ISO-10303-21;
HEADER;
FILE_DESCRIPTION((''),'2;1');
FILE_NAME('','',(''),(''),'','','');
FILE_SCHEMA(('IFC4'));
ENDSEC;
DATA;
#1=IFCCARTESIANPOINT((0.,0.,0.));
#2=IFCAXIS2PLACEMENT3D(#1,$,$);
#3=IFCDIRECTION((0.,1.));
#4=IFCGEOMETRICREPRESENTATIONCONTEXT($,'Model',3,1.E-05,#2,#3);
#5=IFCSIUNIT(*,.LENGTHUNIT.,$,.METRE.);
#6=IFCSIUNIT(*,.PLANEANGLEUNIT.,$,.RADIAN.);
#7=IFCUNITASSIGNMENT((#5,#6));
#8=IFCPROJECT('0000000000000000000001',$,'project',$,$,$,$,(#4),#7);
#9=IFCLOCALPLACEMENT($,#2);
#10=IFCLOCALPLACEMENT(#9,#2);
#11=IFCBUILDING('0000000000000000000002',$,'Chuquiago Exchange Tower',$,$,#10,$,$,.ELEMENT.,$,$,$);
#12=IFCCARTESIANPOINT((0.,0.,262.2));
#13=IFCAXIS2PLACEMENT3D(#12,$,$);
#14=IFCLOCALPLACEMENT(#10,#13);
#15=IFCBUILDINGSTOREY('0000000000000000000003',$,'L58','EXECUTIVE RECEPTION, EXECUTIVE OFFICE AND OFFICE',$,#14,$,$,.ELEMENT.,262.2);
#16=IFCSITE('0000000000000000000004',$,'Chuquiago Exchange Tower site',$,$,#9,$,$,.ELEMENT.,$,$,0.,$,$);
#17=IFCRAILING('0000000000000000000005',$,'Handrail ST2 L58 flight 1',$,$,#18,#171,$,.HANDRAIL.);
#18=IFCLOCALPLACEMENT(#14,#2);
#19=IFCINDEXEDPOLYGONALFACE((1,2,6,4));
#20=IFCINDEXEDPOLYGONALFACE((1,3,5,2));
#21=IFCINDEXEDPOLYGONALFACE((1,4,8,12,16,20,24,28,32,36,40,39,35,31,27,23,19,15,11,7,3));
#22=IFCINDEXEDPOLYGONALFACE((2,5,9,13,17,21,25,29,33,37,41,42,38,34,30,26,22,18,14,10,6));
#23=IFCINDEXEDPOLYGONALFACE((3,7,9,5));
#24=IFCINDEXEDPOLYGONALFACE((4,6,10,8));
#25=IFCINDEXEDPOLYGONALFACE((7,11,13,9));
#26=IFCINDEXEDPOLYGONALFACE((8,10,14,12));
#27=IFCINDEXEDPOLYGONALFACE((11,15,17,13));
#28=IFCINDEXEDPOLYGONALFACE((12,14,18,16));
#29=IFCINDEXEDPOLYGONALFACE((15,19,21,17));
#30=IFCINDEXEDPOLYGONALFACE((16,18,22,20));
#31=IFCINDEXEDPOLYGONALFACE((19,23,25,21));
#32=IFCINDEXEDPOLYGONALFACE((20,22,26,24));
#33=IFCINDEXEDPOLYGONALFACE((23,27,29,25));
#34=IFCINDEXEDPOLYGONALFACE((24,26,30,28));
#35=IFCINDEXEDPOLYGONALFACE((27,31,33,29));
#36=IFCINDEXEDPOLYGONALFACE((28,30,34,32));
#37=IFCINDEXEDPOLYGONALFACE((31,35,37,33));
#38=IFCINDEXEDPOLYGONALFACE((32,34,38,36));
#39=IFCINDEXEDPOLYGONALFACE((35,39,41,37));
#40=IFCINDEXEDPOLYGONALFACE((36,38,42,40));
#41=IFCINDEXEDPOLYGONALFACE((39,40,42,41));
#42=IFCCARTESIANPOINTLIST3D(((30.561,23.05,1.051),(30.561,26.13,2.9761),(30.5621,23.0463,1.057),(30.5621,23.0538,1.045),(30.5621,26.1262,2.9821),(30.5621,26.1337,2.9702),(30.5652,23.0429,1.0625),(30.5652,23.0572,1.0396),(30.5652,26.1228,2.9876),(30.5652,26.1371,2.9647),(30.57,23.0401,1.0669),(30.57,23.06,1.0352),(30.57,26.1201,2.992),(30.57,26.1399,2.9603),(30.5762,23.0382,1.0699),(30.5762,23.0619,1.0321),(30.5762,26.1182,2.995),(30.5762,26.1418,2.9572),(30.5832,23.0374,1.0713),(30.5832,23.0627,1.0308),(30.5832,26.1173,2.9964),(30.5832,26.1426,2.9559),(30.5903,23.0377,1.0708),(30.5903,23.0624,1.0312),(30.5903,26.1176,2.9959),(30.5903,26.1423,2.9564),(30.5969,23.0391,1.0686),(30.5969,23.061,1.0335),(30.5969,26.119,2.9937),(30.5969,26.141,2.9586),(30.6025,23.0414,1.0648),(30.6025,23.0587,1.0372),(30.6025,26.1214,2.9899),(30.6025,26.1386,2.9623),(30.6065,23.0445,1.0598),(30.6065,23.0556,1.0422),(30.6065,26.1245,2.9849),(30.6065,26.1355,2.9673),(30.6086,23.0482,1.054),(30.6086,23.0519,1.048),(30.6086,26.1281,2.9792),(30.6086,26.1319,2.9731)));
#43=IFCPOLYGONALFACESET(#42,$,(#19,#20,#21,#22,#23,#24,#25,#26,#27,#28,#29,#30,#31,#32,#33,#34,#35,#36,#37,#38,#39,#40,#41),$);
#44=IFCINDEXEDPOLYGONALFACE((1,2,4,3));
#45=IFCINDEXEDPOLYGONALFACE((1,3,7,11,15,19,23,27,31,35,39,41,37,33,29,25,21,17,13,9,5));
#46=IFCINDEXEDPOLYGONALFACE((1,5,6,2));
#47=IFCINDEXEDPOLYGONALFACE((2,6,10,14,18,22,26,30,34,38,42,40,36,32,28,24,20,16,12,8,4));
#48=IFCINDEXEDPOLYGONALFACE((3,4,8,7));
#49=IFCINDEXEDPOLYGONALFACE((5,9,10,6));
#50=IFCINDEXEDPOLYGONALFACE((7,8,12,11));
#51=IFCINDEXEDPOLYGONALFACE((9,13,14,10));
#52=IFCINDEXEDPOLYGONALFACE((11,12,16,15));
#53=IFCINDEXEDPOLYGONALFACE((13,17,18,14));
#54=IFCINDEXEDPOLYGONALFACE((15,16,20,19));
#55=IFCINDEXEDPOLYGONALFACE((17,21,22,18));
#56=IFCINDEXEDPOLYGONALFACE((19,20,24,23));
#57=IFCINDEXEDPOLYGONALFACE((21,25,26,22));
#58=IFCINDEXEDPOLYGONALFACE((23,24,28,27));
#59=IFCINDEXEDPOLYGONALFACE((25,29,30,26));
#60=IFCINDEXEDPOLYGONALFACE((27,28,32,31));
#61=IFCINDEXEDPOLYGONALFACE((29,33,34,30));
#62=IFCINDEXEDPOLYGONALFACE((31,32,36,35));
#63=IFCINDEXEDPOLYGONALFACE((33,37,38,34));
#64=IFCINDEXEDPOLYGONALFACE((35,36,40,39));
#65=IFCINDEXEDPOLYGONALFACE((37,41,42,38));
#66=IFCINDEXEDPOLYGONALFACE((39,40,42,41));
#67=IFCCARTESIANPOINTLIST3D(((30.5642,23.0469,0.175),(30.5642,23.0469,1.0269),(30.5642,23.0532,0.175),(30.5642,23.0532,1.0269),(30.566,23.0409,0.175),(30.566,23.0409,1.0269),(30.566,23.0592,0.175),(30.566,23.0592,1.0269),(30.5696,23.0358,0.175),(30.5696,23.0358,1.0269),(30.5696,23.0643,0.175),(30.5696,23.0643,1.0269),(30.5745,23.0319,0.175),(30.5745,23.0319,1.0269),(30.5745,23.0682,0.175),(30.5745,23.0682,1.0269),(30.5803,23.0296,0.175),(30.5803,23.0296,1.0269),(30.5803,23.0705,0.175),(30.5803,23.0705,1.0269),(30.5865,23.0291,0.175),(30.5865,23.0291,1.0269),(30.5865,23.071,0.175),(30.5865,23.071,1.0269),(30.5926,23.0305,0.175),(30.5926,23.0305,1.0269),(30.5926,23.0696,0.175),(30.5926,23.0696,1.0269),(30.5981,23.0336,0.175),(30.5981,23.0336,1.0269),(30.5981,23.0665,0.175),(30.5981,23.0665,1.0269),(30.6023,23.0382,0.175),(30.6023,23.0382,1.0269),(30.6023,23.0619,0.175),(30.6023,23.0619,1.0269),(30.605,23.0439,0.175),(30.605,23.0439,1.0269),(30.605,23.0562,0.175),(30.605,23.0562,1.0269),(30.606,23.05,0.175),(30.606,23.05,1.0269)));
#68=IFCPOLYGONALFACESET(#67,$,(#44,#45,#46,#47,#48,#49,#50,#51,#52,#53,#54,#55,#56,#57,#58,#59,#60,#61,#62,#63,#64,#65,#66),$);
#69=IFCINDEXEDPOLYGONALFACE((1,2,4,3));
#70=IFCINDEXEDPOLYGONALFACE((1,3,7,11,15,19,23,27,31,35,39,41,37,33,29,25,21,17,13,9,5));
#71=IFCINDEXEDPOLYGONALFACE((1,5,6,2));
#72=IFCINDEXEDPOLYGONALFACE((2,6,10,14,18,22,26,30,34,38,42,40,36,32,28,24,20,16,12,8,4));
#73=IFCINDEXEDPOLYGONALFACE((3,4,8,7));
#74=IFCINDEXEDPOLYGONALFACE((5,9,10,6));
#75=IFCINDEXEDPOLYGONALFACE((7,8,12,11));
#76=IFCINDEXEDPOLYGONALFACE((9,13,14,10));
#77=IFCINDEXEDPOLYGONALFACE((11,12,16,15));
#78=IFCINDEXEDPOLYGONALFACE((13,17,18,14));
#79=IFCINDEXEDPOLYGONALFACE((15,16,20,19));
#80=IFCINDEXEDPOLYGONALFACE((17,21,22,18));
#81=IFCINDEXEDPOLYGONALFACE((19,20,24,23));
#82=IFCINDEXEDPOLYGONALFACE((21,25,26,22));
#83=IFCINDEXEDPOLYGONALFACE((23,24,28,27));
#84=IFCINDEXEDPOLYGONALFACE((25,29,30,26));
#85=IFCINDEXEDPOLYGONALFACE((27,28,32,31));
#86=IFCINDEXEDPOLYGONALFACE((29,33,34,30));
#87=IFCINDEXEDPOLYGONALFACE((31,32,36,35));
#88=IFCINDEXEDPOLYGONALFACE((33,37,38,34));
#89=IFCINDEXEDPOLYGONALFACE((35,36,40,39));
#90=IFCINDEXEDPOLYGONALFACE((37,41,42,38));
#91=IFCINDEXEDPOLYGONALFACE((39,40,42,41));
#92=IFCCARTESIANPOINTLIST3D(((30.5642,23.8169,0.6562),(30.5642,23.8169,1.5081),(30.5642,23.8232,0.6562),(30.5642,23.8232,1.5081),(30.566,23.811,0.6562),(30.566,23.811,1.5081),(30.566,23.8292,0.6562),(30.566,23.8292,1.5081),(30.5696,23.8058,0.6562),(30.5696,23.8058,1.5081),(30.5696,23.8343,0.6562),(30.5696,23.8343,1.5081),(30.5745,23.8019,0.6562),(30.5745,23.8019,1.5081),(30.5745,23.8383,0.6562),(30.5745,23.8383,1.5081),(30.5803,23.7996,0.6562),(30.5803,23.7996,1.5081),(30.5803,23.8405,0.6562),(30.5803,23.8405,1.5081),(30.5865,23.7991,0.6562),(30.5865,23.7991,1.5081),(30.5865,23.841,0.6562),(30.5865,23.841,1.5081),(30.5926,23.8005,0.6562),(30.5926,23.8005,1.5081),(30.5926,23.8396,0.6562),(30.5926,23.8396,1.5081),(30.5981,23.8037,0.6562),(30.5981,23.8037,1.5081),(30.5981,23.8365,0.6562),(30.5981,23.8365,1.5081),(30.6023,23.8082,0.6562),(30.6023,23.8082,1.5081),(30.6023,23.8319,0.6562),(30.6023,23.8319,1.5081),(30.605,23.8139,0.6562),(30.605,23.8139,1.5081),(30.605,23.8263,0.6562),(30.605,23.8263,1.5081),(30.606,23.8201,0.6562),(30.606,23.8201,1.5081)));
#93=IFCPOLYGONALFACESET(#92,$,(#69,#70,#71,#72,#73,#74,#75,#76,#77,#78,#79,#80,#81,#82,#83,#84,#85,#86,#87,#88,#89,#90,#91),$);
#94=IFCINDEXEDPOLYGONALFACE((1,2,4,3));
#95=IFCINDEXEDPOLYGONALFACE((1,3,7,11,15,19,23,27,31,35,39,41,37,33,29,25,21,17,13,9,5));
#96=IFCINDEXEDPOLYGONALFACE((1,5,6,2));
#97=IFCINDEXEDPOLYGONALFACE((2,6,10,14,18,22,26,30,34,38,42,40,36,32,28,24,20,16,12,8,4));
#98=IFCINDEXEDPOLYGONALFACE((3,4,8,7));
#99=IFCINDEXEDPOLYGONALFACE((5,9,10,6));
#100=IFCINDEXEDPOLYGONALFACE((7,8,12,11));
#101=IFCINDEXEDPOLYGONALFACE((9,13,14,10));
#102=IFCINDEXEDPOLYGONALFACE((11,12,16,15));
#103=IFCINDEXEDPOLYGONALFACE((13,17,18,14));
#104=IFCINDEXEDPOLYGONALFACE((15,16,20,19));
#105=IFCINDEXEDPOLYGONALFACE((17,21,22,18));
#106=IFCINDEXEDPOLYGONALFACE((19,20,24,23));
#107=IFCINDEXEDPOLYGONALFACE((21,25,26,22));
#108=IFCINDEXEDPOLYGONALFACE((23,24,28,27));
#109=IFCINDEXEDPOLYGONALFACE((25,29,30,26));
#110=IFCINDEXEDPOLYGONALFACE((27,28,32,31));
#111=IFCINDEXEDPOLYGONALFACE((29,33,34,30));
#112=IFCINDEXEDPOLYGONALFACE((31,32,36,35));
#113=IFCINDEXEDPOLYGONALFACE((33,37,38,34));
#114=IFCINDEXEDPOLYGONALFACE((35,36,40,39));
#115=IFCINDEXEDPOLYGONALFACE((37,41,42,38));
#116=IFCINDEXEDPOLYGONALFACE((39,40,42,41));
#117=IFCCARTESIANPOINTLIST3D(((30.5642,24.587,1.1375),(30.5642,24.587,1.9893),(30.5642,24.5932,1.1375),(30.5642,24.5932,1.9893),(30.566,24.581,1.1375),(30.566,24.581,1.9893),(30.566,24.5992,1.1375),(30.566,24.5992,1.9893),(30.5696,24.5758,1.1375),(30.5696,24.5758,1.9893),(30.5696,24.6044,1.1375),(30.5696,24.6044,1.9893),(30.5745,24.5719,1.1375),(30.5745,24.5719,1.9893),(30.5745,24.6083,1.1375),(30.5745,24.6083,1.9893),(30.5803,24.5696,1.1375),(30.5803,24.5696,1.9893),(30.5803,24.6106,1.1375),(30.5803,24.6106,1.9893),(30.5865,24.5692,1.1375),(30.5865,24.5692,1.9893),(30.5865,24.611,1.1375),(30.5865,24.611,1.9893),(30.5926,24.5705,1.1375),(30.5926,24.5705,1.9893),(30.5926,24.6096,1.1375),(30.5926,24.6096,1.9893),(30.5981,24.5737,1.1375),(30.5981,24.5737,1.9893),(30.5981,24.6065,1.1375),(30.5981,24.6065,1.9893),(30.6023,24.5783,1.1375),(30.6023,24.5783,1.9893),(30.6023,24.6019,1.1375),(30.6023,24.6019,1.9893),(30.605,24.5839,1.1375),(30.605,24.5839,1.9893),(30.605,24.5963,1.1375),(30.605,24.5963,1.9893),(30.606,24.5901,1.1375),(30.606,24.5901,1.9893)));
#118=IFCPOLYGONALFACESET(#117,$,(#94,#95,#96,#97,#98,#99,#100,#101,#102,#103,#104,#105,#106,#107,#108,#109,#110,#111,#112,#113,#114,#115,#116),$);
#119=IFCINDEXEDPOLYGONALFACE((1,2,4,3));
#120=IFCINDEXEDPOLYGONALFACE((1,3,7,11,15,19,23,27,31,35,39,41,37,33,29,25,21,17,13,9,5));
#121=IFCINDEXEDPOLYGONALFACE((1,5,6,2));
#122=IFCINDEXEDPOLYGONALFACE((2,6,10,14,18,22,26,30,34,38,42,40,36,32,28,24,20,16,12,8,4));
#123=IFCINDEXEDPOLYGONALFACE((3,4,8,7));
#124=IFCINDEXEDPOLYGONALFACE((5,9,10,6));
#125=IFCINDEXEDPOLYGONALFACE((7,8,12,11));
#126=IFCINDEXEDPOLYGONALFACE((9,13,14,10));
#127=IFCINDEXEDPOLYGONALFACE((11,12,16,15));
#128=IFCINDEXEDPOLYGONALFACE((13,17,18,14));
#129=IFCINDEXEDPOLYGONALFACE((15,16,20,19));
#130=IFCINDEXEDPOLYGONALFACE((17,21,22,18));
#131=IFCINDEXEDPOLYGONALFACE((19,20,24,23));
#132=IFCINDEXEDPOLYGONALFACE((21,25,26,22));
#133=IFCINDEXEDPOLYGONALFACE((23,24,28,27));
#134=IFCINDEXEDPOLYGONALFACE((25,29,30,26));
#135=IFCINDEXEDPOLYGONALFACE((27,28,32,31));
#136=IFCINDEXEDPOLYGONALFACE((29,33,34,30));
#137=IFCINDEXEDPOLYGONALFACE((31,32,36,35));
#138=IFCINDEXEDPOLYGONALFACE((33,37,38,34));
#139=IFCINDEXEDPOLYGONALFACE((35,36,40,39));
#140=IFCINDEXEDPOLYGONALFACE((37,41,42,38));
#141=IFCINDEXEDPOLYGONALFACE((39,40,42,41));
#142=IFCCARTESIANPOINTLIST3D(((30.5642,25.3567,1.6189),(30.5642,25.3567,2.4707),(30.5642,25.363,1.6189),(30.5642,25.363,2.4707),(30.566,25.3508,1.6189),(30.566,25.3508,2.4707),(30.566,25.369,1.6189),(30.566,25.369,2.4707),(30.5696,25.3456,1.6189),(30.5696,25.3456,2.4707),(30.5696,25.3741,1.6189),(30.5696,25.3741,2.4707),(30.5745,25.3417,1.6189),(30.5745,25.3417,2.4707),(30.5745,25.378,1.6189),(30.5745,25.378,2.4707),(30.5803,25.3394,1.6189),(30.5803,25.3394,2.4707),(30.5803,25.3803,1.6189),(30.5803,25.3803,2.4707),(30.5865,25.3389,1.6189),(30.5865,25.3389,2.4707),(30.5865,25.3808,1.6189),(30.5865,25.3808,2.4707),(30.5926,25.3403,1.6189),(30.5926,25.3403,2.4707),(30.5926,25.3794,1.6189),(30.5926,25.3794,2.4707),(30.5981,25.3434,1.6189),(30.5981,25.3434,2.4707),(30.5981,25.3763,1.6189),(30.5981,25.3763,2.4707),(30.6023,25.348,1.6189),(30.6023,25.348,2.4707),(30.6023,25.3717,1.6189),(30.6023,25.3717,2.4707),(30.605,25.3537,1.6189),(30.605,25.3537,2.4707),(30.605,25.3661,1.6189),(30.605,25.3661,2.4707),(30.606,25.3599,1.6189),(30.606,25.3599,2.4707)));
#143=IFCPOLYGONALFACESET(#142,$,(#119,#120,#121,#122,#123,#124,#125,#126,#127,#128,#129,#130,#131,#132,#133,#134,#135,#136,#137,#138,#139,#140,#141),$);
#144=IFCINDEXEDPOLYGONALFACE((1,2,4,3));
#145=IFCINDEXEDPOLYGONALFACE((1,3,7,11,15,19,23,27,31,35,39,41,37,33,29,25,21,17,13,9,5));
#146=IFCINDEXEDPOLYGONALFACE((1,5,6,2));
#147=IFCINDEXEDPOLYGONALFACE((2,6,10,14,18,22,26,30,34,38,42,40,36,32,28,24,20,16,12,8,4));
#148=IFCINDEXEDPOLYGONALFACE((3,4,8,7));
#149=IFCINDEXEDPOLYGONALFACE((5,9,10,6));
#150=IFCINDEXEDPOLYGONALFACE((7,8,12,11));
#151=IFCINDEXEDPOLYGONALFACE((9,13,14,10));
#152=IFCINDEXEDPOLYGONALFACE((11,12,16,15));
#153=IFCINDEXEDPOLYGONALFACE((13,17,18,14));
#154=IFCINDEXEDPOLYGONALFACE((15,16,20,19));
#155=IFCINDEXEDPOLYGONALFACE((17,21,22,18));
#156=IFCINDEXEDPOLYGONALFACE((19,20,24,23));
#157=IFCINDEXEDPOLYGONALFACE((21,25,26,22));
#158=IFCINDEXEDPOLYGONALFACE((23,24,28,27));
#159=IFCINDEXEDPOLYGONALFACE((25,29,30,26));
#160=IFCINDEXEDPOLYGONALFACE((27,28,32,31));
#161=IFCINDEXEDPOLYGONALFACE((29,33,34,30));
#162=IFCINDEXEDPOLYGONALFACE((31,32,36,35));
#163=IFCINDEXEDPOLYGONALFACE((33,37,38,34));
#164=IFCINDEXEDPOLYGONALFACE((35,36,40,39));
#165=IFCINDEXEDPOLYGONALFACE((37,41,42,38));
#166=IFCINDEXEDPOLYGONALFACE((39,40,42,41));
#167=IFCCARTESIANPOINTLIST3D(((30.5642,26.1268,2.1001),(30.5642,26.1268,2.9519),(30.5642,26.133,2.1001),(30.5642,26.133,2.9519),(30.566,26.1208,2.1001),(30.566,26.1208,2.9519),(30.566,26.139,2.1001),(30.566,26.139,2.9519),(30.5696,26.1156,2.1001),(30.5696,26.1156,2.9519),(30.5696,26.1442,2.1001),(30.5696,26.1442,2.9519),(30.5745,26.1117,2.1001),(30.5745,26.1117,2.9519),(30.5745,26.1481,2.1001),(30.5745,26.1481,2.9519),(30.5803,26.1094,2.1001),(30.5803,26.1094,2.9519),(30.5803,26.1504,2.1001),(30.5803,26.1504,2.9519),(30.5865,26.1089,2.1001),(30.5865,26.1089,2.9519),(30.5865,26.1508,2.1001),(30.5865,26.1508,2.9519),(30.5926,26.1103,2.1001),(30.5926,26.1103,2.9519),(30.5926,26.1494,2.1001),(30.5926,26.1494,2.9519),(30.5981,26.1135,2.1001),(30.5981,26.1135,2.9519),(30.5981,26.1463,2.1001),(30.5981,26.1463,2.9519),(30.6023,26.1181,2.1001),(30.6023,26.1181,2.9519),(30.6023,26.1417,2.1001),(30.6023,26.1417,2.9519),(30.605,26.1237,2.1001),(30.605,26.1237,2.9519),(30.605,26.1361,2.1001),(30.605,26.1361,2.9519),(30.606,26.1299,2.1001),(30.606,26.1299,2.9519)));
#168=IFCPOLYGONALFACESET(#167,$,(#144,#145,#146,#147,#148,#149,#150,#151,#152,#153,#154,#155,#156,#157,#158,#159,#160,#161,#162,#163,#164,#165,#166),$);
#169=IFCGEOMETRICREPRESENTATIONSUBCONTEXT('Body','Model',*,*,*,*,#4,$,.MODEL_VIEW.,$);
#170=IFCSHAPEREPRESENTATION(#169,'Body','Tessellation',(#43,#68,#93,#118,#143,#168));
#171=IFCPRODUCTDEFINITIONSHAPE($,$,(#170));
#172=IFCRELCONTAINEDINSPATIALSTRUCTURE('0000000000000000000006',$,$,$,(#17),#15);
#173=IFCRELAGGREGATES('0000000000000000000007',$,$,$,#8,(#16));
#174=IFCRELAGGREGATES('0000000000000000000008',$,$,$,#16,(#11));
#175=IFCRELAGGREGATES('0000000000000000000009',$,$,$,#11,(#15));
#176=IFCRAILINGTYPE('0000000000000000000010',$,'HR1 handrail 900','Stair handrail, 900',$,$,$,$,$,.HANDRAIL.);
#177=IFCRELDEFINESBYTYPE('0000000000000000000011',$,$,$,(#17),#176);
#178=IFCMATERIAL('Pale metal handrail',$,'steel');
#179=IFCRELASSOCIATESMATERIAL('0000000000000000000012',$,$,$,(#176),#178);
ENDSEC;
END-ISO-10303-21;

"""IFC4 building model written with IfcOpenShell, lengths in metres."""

from ifc_helpers import new_model, si_unit, direction, frame, origin, origin_2d, place, context, subcontext, project, spatial, circle, extrude, material, type_object, element, save


model = new_model("IFC4")

# Units and contexts
model_context = context("Model", 3, precision=1e-05, world=origin(), true_north=direction((0.0, 1.0)))
body_context = subcontext(model_context, "Body", "Model", "MODEL_VIEW")
ifc_project = project(units=[si_unit("LENGTHUNIT", "METRE"), si_unit("PLANEANGLEUNIT", "RADIAN")], contexts=[model_context])

# Site, building, storey
site_placement = place(None, origin())
site = spatial("IfcSite", under=ifc_project, at=site_placement, Name="Chuquiago Exchange Tower site", CompositionType="ELEMENT", RefElevation=0.0)
building_placement = place(site_placement, origin())
building = spatial("IfcBuilding", under=site, at=building_placement, Name="Chuquiago Exchange Tower", CompositionType="ELEMENT")
storey_placement = place(building_placement, frame((0.0, 0.0, 262.2)))
storey = spatial("IfcBuildingStorey", under=building, at=storey_placement, Name="L58", Description="EXECUTIVE RECEPTION, EXECUTIVE OFFICE AND OFFICE", CompositionType="ELEMENT", Elevation=262.2)

# Railing
ifc_material_1 = material(Name="Pale metal handrail", Category="steel")
railing_type_1 = type_object("IfcRailingType", Name="HR1 handrail 900", Description="Stair handrail, 900", PredefinedType="HANDRAIL", material=ifc_material_1)
railing_1_placement = place(storey_placement, frame((30.585, 23.05, 0.175)))
element("IfcRailing", 1, at=railing_1_placement, inside=storey, type_object=railing_type_1, Name="Handrail ST2 L58 flight 1", PredefinedType="HANDRAIL", context=body_context, shape_type="SweptSolid", body=[
    extrude(circle(Radius=0.0239, at=origin_2d()), frame((0.0, 0.0, 0.876), z_axis=(0.0, 0.847979, 0.530029), x_axis=(-1.0, 0.0, 0.0)), (0.0, 0.0, 1.0), 3.6321),
    extrude(circle(Radius=0.021, at=origin_2d()), origin(), (0.0, 0.0, 1.0), 0.8518),
    extrude(circle(Radius=0.021, at=origin_2d()), frame((0.0, 0.77, 0.4812)), (0.0, 0.0, 1.0), 0.8518),
    extrude(circle(Radius=0.021, at=origin_2d()), frame((0.0, 1.54, 0.9624)), (0.0, 0.0, 1.0), 0.8518),
    extrude(circle(Radius=0.021, at=origin_2d()), frame((0.0, 2.3098, 1.4438)), (0.0, 0.0, 1.0), 0.8518),
    extrude(circle(Radius=0.021, at=origin_2d()), frame((0.0, 3.0798, 1.925)), (0.0, 0.0, 1.0), 0.8518),
])

save(model, "model.ifc")
